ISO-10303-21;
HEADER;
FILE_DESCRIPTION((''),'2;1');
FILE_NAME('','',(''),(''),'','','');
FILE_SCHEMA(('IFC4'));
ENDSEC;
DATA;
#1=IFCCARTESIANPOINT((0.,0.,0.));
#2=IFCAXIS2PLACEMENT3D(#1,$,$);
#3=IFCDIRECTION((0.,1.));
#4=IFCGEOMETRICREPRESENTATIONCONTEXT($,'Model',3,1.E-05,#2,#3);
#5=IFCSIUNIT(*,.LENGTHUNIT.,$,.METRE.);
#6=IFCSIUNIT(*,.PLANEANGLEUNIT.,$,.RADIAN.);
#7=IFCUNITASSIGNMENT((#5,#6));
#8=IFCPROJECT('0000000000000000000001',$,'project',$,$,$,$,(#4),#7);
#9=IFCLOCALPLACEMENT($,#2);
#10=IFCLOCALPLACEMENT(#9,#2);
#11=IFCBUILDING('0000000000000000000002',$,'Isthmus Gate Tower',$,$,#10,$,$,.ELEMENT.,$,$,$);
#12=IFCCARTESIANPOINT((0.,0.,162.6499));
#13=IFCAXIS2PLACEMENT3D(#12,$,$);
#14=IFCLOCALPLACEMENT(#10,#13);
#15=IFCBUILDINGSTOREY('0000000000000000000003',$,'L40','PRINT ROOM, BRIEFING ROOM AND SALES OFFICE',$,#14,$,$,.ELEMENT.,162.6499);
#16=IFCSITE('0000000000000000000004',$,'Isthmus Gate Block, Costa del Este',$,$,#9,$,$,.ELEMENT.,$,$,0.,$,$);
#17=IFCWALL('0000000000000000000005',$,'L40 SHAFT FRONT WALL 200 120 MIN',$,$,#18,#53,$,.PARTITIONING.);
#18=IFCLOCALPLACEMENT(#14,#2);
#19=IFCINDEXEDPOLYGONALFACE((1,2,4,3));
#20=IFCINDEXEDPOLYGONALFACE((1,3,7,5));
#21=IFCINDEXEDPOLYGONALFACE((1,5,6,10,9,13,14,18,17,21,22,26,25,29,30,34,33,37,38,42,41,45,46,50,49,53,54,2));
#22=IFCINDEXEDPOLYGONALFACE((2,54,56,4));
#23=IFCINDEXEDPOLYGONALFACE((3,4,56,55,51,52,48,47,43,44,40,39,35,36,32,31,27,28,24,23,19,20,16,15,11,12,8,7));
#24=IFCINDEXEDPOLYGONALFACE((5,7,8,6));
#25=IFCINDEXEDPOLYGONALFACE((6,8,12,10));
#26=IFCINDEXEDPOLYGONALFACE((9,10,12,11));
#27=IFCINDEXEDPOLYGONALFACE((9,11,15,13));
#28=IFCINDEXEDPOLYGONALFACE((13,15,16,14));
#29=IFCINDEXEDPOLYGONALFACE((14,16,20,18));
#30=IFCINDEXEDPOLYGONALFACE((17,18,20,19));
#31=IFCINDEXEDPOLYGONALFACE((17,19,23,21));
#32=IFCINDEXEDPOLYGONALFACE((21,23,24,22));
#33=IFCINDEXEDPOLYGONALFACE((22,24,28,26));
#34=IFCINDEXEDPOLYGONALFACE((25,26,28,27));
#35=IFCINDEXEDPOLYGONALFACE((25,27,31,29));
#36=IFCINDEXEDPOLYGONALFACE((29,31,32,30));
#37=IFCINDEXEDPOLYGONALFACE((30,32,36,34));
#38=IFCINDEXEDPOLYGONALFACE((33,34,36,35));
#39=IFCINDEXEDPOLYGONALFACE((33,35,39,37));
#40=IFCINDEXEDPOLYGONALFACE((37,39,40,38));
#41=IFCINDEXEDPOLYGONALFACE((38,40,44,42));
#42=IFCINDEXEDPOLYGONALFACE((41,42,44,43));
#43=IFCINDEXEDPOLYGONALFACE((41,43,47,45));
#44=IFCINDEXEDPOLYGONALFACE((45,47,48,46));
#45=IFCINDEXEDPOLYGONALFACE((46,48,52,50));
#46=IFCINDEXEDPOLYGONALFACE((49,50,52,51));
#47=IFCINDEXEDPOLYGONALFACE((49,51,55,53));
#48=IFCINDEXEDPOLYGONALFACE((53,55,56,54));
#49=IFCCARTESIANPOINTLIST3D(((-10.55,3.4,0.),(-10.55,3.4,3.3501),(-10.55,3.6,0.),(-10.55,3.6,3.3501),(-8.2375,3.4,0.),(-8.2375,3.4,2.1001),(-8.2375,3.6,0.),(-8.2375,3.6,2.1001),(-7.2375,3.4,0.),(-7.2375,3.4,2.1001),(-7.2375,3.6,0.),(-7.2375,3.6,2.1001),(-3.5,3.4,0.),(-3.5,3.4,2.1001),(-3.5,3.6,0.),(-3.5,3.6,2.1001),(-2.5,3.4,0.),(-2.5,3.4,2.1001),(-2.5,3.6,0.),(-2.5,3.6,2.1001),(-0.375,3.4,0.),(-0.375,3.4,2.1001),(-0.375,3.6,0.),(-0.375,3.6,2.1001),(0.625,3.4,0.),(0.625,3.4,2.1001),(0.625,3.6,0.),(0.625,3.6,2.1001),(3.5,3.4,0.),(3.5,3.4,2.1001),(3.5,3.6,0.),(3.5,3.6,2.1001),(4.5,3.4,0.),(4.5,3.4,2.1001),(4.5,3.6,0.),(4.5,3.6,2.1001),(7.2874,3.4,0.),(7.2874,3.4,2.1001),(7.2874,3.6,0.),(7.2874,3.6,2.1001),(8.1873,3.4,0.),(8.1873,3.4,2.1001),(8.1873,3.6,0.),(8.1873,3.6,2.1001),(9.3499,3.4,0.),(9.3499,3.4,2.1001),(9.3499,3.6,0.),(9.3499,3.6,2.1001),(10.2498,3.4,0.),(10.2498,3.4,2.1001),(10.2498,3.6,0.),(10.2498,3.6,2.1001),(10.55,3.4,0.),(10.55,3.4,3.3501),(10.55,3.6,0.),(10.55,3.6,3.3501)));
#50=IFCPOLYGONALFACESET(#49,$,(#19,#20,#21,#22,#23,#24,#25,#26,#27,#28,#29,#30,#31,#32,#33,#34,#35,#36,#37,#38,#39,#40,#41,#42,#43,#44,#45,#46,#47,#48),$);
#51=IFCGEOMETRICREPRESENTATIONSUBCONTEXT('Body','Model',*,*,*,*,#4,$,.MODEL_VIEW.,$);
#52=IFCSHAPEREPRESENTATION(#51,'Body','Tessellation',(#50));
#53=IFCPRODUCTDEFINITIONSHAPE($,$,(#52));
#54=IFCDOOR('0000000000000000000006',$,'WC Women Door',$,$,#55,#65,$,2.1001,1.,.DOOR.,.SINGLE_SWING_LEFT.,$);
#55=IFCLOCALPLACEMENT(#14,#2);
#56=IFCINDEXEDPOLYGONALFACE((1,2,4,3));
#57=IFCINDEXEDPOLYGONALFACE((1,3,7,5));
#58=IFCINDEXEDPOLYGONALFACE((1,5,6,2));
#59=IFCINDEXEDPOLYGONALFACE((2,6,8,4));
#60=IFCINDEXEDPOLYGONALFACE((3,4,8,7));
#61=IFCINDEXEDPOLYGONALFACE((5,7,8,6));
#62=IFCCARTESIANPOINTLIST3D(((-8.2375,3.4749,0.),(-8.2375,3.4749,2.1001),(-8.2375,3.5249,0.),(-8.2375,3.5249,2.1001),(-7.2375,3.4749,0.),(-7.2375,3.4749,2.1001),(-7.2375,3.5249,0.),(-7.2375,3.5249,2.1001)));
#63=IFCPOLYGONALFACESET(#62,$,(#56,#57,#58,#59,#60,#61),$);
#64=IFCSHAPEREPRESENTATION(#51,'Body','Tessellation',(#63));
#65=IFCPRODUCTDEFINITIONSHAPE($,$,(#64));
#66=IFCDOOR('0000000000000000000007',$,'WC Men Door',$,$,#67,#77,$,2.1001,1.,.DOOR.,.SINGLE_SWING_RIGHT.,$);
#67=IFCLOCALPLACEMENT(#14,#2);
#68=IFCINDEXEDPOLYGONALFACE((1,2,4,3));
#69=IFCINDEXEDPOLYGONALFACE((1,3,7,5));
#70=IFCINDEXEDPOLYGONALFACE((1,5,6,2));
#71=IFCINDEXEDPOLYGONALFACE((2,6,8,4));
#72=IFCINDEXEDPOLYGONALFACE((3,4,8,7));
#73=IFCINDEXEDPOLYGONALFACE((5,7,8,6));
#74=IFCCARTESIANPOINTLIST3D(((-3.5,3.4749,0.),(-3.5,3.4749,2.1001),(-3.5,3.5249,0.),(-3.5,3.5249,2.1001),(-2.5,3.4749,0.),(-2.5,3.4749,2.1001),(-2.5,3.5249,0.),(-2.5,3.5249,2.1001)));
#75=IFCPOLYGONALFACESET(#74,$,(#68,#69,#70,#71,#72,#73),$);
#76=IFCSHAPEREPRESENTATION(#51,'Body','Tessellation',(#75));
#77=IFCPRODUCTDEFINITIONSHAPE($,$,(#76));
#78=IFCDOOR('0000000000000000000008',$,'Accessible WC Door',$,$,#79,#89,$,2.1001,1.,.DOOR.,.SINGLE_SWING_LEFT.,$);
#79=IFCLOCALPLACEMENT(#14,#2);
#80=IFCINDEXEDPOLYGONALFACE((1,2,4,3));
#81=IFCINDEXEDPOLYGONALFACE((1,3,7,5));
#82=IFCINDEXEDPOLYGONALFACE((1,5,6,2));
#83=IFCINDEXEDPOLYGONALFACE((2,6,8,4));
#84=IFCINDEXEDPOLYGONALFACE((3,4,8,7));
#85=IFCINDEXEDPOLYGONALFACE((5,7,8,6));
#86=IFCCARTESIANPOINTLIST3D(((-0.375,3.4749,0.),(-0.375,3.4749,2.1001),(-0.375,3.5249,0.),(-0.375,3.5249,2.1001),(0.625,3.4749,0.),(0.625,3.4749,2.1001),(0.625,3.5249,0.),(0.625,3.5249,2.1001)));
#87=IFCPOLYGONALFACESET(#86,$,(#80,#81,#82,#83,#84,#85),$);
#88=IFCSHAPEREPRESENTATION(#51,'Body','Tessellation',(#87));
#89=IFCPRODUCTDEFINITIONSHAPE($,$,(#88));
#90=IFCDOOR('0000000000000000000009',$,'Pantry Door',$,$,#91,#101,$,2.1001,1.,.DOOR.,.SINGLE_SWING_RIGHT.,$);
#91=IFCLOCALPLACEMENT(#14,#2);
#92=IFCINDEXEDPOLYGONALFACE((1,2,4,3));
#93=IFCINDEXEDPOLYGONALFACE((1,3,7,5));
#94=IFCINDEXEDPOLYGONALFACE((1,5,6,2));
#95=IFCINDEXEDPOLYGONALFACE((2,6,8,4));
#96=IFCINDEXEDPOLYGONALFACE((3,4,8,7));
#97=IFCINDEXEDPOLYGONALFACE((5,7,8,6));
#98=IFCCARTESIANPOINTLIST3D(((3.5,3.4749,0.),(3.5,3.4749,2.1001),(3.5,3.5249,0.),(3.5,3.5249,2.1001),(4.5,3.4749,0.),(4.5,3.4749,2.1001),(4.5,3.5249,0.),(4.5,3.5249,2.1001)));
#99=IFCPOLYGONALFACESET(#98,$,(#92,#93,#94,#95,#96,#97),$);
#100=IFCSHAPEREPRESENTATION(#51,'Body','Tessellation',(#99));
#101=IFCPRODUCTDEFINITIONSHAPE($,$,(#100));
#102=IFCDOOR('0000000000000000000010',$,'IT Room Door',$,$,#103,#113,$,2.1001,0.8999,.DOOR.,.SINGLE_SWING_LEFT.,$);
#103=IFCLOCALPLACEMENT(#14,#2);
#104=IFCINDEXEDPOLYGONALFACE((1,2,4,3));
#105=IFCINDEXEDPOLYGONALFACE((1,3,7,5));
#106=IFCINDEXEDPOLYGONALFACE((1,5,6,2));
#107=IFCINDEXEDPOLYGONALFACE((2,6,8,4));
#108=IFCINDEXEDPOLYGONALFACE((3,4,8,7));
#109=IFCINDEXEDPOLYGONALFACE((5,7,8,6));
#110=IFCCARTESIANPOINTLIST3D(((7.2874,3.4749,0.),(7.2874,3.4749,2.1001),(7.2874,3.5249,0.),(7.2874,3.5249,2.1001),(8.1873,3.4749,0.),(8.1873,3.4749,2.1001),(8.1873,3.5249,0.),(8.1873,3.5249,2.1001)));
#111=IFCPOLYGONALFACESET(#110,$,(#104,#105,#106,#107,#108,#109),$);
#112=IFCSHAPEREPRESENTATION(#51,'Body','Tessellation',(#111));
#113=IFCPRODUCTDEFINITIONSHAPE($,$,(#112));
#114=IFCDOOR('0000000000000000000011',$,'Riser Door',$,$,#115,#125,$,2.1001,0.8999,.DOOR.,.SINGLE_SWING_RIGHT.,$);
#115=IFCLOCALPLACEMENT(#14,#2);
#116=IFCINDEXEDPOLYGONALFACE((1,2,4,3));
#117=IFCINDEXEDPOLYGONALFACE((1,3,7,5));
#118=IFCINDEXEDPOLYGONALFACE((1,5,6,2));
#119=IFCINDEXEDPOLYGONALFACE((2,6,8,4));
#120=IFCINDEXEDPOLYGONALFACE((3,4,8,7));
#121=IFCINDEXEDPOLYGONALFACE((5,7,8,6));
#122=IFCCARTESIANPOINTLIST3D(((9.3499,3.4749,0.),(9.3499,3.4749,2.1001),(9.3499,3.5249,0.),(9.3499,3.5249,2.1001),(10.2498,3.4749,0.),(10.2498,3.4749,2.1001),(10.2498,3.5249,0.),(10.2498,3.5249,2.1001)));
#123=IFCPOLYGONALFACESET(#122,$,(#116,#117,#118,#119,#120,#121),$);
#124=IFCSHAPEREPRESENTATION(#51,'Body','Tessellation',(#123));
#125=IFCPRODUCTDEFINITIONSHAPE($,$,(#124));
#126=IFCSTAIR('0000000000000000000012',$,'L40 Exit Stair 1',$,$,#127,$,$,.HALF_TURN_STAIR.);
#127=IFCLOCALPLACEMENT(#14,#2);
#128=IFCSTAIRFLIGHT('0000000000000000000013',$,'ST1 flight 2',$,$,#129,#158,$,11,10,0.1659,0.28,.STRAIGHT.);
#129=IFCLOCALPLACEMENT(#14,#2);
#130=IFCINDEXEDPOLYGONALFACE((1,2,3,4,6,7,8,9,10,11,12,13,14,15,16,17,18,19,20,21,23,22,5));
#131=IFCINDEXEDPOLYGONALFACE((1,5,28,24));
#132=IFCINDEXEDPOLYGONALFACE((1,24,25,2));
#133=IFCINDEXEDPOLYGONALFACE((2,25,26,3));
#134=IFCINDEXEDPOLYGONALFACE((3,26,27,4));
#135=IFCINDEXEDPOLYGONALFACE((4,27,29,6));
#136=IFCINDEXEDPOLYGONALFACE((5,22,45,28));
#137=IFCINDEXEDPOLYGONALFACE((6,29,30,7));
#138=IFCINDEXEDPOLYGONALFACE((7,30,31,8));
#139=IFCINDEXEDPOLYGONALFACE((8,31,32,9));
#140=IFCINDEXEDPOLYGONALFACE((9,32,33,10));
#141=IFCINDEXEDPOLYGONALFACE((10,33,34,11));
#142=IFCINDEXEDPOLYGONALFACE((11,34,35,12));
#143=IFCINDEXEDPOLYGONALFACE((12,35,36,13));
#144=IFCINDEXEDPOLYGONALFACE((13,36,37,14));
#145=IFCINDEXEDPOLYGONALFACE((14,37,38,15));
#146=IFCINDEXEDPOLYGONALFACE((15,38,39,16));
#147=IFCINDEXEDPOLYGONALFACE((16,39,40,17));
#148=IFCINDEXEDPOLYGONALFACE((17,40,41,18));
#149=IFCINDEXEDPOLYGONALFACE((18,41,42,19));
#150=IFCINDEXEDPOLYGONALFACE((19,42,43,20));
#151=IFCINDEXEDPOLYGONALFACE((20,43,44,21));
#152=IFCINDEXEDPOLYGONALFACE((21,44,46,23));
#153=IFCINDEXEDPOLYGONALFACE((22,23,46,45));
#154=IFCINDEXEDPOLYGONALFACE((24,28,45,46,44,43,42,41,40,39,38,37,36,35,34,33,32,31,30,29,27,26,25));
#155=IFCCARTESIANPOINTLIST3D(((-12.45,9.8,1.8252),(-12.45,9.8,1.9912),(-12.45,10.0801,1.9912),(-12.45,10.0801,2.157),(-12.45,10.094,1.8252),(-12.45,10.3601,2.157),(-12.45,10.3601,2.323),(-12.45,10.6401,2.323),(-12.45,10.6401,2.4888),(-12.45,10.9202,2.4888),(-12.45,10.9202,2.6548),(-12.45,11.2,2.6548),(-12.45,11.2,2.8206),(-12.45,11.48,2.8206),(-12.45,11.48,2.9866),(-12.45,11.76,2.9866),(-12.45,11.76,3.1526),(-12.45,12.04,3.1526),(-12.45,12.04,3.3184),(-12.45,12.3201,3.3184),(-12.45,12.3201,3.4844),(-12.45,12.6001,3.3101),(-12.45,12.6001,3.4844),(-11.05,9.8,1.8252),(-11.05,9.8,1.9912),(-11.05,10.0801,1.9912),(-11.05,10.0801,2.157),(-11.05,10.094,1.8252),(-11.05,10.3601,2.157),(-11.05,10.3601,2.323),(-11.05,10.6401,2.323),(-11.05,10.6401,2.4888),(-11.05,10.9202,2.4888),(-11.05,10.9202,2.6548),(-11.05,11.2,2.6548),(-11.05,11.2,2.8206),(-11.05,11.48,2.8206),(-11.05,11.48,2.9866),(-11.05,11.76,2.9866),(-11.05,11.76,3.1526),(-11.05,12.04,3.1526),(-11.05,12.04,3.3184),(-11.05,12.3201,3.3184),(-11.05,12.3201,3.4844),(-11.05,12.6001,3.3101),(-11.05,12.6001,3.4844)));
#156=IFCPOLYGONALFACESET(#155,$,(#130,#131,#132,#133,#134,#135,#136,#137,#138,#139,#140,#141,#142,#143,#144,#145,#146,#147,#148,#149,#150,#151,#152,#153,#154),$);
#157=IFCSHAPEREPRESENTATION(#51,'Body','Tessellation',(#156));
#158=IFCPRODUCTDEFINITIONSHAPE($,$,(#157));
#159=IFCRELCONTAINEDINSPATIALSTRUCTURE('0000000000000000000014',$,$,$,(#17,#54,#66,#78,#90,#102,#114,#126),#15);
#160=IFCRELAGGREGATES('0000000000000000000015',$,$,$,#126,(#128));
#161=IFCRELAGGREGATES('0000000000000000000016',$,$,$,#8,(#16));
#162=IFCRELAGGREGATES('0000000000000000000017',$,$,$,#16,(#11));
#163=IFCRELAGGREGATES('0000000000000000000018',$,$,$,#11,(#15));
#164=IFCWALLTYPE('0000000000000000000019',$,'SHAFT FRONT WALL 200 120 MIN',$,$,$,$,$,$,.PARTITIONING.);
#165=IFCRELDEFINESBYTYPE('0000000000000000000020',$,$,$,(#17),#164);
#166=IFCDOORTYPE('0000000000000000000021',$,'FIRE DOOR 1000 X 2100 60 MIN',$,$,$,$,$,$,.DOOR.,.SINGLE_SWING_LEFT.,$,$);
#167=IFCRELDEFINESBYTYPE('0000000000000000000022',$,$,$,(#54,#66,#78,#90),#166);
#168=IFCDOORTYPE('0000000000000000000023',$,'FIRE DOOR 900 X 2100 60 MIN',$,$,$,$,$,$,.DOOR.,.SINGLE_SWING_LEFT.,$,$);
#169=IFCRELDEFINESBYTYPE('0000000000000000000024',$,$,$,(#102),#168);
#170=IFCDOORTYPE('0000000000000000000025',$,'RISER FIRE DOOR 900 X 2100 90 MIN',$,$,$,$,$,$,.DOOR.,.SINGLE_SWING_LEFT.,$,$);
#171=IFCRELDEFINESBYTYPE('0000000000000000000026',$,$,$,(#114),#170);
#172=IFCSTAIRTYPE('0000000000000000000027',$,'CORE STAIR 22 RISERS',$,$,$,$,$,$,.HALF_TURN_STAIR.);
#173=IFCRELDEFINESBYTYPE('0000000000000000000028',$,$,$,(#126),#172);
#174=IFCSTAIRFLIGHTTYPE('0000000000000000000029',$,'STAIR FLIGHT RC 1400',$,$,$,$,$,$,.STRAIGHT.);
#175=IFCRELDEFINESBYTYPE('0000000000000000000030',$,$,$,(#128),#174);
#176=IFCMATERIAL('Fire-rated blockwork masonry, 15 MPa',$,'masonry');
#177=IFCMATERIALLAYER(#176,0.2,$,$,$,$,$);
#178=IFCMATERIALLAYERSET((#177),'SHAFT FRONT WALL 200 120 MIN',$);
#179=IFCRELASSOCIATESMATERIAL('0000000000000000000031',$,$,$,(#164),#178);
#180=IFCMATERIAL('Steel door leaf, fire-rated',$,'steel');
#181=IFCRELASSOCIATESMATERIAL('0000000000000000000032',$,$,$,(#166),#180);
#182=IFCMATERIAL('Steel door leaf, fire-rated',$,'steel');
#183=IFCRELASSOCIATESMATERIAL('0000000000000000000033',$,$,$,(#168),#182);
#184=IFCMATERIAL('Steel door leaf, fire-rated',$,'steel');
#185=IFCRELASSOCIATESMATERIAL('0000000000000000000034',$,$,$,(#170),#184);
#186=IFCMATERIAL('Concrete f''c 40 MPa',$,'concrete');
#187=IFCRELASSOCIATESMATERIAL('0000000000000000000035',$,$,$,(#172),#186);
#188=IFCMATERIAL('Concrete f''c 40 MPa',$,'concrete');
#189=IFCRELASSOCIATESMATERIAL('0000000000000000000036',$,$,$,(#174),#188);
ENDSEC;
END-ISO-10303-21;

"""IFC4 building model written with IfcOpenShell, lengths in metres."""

from ifc_helpers import new_model, si_unit, direction, frame, frame_2d, origin, place, context, subcontext, project, spatial, polyline, rectangle, outline, extrude, material, layer, layer_set, type_object, element, fill, aggregate, save


model = new_model("IFC4")

# Units and contexts
model_context = context("Model", 3, precision=1e-05, world=origin(), true_north=direction((0.0, 1.0)))
body_context = subcontext(model_context, "Body", "Model", "MODEL_VIEW")
ifc_project = project(units=[si_unit("LENGTHUNIT", "METRE"), si_unit("PLANEANGLEUNIT", "RADIAN")], contexts=[model_context])

# Site, building, storey
site_placement = place(None, origin())
site = spatial("IfcSite", under=ifc_project, at=site_placement, Name="Isthmus Gate Block, Costa del Este", CompositionType="ELEMENT", RefElevation=0.0)
building_placement = place(site_placement, origin())
building = spatial("IfcBuilding", under=site, at=building_placement, Name="Isthmus Gate Tower", CompositionType="ELEMENT")
storey_placement = place(building_placement, frame((0.0, 0.0, 162.6499)))
storey = spatial("IfcBuildingStorey", under=building, at=storey_placement, Name="L40", Description="PRINT ROOM, BRIEFING ROOM AND SALES OFFICE", CompositionType="ELEMENT", Elevation=162.6499)

# Wall, openings, doors
ifc_material_1 = material(Name="Fire-rated blockwork masonry, 15 MPa", Category="masonry")
ifc_layer = layer(ifc_material_1, 0.2)
ifc_layer_set = layer_set([ifc_layer], Name="SHAFT FRONT WALL 200 120 MIN")
wall_type = type_object("IfcWallType", Name="SHAFT FRONT WALL 200 120 MIN", PredefinedType="PARTITIONING", material=ifc_layer_set)
wall_placement = place(storey_placement, frame((-10.55, 3.5, 0.0), z_axis=(0.0, 0.0, 1.0), x_axis=(1.0, 0.0, 0.0)))
wall = element("IfcWall", 1, at=wall_placement, inside=storey, type_object=wall_type, Name="L40 SHAFT FRONT WALL 200 120 MIN", PredefinedType="PARTITIONING", context=body_context, shape_type="SweptSolid", body=[
    extrude(rectangle(XDim=21.1001, YDim=0.2, at=frame_2d((10.55, 0.0))), origin(), (0.0, 0.0, 1.0), 3.3501),
])
opening_1_placement = place(wall_placement, frame((2.3125, 0.0, 0.0)))
opening_1 = element("IfcOpeningElement", 2, at=opening_1_placement, cuts=wall, PredefinedType="OPENING", context=body_context, shape_type="SweptSolid", body=[
    extrude(rectangle(XDim=1.0, YDim=2.1001, at=frame_2d((0.5, 1.05))), frame((0.0, 0.1099, 0.0), z_axis=(0.0, -1.0, 0.0), x_axis=(1.0, 0.0, 0.0)), (0.0, 0.0, 1.0), 0.22),
])
opening_2_placement = place(wall_placement, frame((7.05, 0.0, 0.0)))
opening_2 = element("IfcOpeningElement", 3, at=opening_2_placement, cuts=wall, PredefinedType="OPENING", context=body_context, shape_type="SweptSolid", body=[
    extrude(rectangle(XDim=1.0, YDim=2.1001, at=frame_2d((0.5, 1.05))), frame((0.0, 0.1099, 0.0), z_axis=(0.0, -1.0, 0.0), x_axis=(1.0, 0.0, 0.0)), (0.0, 0.0, 1.0), 0.22),
])
opening_3_placement = place(wall_placement, frame((10.175, 0.0, 0.0)))
opening_3 = element("IfcOpeningElement", 4, at=opening_3_placement, cuts=wall, PredefinedType="OPENING", context=body_context, shape_type="SweptSolid", body=[
    extrude(rectangle(XDim=1.0, YDim=2.1001, at=frame_2d((0.5, 1.05))), frame((0.0, 0.1099, 0.0), z_axis=(0.0, -1.0, 0.0), x_axis=(1.0, 0.0, 0.0)), (0.0, 0.0, 1.0), 0.22),
])
opening_4_placement = place(wall_placement, frame((14.05, 0.0, 0.0)))
opening_4 = element("IfcOpeningElement", 5, at=opening_4_placement, cuts=wall, PredefinedType="OPENING", context=body_context, shape_type="SweptSolid", body=[
    extrude(rectangle(XDim=1.0, YDim=2.1001, at=frame_2d((0.5, 1.05))), frame((0.0, 0.1099, 0.0), z_axis=(0.0, -1.0, 0.0), x_axis=(1.0, 0.0, 0.0)), (0.0, 0.0, 1.0), 0.22),
])
opening_5_placement = place(wall_placement, frame((17.8374, 0.0, 0.0)))
opening_5 = element("IfcOpeningElement", 6, at=opening_5_placement, cuts=wall, PredefinedType="OPENING", context=body_context, shape_type="SweptSolid", body=[
    extrude(rectangle(XDim=0.8999, YDim=2.1001, at=frame_2d((0.45, 1.05))), frame((0.0, 0.1099, 0.0), z_axis=(0.0, -1.0, 0.0), x_axis=(1.0, 0.0, 0.0)), (0.0, 0.0, 1.0), 0.22),
])
opening_6_placement = place(wall_placement, frame((19.8999, 0.0, 0.0)))
opening_6 = element("IfcOpeningElement", 7, at=opening_6_placement, cuts=wall, PredefinedType="OPENING", context=body_context, shape_type="SweptSolid", body=[
    extrude(rectangle(XDim=0.8999, YDim=2.1001, at=frame_2d((0.45, 1.05))), frame((0.0, 0.1099, 0.0), z_axis=(0.0, -1.0, 0.0), x_axis=(1.0, 0.0, 0.0)), (0.0, 0.0, 1.0), 0.22),
])
ifc_material_2 = material(Name="Steel door leaf, fire-rated", Category="steel")
door_type_1 = type_object("IfcDoorType", Name="FIRE DOOR 1000 X 2100 60 MIN", OperationType="SINGLE_SWING_LEFT", PredefinedType="DOOR", material=ifc_material_2)
door_1_placement = place(opening_1_placement, origin())
door_1 = element("IfcDoor", 8, at=door_1_placement, inside=storey, type_object=door_type_1, Name="WC Women Door", OperationType="SINGLE_SWING_LEFT", OverallHeight=2.1001, OverallWidth=1.0, PredefinedType="DOOR", context=body_context, shape_type="SweptSolid", body=[
    extrude(rectangle(XDim=1.0, YDim=2.1001, at=frame_2d((0.5, 1.05))), frame((0.0, 0.0249, 0.0), z_axis=(0.0, -1.0, 0.0), x_axis=(1.0, 0.0, 0.0)), (0.0, 0.0, 1.0), 0.05),
])
fill(opening_1, door_1)
door_2_placement = place(opening_2_placement, origin())
door_2 = element("IfcDoor", 9, at=door_2_placement, inside=storey, type_object=door_type_1, Name="WC Men Door", OperationType="SINGLE_SWING_RIGHT", OverallHeight=2.1001, OverallWidth=1.0, PredefinedType="DOOR", context=body_context, shape_type="SweptSolid", body=[
    extrude(rectangle(XDim=1.0, YDim=2.1001, at=frame_2d((0.5, 1.05))), frame((0.0, 0.0249, 0.0), z_axis=(0.0, -1.0, 0.0), x_axis=(1.0, 0.0, 0.0)), (0.0, 0.0, 1.0), 0.05),
])
fill(opening_2, door_2)
door_3_placement = place(opening_3_placement, origin())
door_3 = element("IfcDoor", 10, at=door_3_placement, inside=storey, type_object=door_type_1, Name="Accessible WC Door", OperationType="SINGLE_SWING_LEFT", OverallHeight=2.1001, OverallWidth=1.0, PredefinedType="DOOR", context=body_context, shape_type="SweptSolid", body=[
    extrude(rectangle(XDim=1.0, YDim=2.1001, at=frame_2d((0.5, 1.05))), frame((0.0, 0.0249, 0.0), z_axis=(0.0, -1.0, 0.0), x_axis=(1.0, 0.0, 0.0)), (0.0, 0.0, 1.0), 0.05),
])
fill(opening_3, door_3)
door_4_placement = place(opening_4_placement, origin())
door_4 = element("IfcDoor", 11, at=door_4_placement, inside=storey, type_object=door_type_1, Name="Pantry Door", OperationType="SINGLE_SWING_RIGHT", OverallHeight=2.1001, OverallWidth=1.0, PredefinedType="DOOR", context=body_context, shape_type="SweptSolid", body=[
    extrude(rectangle(XDim=1.0, YDim=2.1001, at=frame_2d((0.5, 1.05))), frame((0.0, 0.0249, 0.0), z_axis=(0.0, -1.0, 0.0), x_axis=(1.0, 0.0, 0.0)), (0.0, 0.0, 1.0), 0.05),
])
fill(opening_4, door_4)
ifc_material_3 = material(Name="Steel door leaf, fire-rated", Category="steel")
door_type_2 = type_object("IfcDoorType", Name="FIRE DOOR 900 X 2100 60 MIN", OperationType="SINGLE_SWING_LEFT", PredefinedType="DOOR", material=ifc_material_3)
door_5_placement = place(opening_5_placement, origin())
door_5 = element("IfcDoor", 12, at=door_5_placement, inside=storey, type_object=door_type_2, Name="IT Room Door", OperationType="SINGLE_SWING_LEFT", OverallHeight=2.1001, OverallWidth=0.8999, PredefinedType="DOOR", context=body_context, shape_type="SweptSolid", body=[
    extrude(rectangle(XDim=0.8999, YDim=2.1001, at=frame_2d((0.45, 1.05))), frame((0.0, 0.0249, 0.0), z_axis=(0.0, -1.0, 0.0), x_axis=(1.0, 0.0, 0.0)), (0.0, 0.0, 1.0), 0.05),
])
fill(opening_5, door_5)
ifc_material_4 = material(Name="Steel door leaf, fire-rated", Category="steel")
door_type_3 = type_object("IfcDoorType", Name="RISER FIRE DOOR 900 X 2100 90 MIN", OperationType="SINGLE_SWING_LEFT", PredefinedType="DOOR", material=ifc_material_4)
door_6_placement = place(opening_6_placement, origin())
door_6 = element("IfcDoor", 13, at=door_6_placement, inside=storey, type_object=door_type_3, Name="Riser Door", OperationType="SINGLE_SWING_RIGHT", OverallHeight=2.1001, OverallWidth=0.8999, PredefinedType="DOOR", context=body_context, shape_type="SweptSolid", body=[
    extrude(rectangle(XDim=0.8999, YDim=2.1001, at=frame_2d((0.45, 1.05))), frame((0.0, 0.0249, 0.0), z_axis=(0.0, -1.0, 0.0), x_axis=(1.0, 0.0, 0.0)), (0.0, 0.0, 1.0), 0.05),
])
fill(opening_6, door_6)

# Stair, stair flight
ifc_material_5 = material(Name="Concrete f'c 40 MPa", Category="concrete")
stair_type = type_object("IfcStairType", Name="CORE STAIR 22 RISERS", PredefinedType="HALF_TURN_STAIR", material=ifc_material_5)
stair_1_placement = place(storey_placement, origin())
stair_1 = element("IfcStair", 14, at=stair_1_placement, inside=storey, type_object=stair_type, Name="L40 Exit Stair 1", PredefinedType="HALF_TURN_STAIR")
ifc_material_6 = material(Name="Concrete f'c 40 MPa", Category="concrete")
stair_flight_type = type_object("IfcStairFlightType", Name="STAIR FLIGHT RC 1400", PredefinedType="STRAIGHT", material=ifc_material_6)
stair_flight_1_placement = place(storey_placement, frame((-11.75, 9.8, 1.8252), z_axis=(0.0, 0.0, 1.0), x_axis=(0.0, 1.0, 0.0)))
stair_flight_1 = element("IfcStairFlight", 15, at=stair_flight_1_placement, type_object=stair_flight_type, Name="ST1 flight 2", NumberOfRisers=11, NumberOfTreads=10, PredefinedType="STRAIGHT", RiserHeight=0.1659, TreadLength=0.28, context=body_context, shape_type="SweptSolid", body=[
    extrude(outline(polyline([(0.0, 0.0), (0.0, 0.166), (0.28, 0.166), (0.28, 0.3318), (0.5601, 0.3318), (0.5601, 0.4978), (0.8401, 0.4978), (0.8401, 0.6636), (1.1201, 0.6636), (1.1201, 0.8296), (1.3999, 0.8296), (1.3999, 0.9954), (1.6799, 0.9954), (1.6799, 1.1614), (1.96, 1.1614), (1.96, 1.3274), (2.24, 1.3274), (2.24, 1.4932), (2.52, 1.4932), (2.52, 1.6592), (2.8, 1.6592), (2.8, 1.825), (2.8, 1.4849), (0.2939, 0.0), (0.0, 0.0)])), frame((0.0, 0.7, 0.0), z_axis=(0.0, -1.0, 0.0), x_axis=(1.0, 0.0, 0.0)), (0.0, 0.0, 1.0), 1.3999),
])
aggregate(stair_1, [stair_flight_1])

save(model, "model.ifc")
